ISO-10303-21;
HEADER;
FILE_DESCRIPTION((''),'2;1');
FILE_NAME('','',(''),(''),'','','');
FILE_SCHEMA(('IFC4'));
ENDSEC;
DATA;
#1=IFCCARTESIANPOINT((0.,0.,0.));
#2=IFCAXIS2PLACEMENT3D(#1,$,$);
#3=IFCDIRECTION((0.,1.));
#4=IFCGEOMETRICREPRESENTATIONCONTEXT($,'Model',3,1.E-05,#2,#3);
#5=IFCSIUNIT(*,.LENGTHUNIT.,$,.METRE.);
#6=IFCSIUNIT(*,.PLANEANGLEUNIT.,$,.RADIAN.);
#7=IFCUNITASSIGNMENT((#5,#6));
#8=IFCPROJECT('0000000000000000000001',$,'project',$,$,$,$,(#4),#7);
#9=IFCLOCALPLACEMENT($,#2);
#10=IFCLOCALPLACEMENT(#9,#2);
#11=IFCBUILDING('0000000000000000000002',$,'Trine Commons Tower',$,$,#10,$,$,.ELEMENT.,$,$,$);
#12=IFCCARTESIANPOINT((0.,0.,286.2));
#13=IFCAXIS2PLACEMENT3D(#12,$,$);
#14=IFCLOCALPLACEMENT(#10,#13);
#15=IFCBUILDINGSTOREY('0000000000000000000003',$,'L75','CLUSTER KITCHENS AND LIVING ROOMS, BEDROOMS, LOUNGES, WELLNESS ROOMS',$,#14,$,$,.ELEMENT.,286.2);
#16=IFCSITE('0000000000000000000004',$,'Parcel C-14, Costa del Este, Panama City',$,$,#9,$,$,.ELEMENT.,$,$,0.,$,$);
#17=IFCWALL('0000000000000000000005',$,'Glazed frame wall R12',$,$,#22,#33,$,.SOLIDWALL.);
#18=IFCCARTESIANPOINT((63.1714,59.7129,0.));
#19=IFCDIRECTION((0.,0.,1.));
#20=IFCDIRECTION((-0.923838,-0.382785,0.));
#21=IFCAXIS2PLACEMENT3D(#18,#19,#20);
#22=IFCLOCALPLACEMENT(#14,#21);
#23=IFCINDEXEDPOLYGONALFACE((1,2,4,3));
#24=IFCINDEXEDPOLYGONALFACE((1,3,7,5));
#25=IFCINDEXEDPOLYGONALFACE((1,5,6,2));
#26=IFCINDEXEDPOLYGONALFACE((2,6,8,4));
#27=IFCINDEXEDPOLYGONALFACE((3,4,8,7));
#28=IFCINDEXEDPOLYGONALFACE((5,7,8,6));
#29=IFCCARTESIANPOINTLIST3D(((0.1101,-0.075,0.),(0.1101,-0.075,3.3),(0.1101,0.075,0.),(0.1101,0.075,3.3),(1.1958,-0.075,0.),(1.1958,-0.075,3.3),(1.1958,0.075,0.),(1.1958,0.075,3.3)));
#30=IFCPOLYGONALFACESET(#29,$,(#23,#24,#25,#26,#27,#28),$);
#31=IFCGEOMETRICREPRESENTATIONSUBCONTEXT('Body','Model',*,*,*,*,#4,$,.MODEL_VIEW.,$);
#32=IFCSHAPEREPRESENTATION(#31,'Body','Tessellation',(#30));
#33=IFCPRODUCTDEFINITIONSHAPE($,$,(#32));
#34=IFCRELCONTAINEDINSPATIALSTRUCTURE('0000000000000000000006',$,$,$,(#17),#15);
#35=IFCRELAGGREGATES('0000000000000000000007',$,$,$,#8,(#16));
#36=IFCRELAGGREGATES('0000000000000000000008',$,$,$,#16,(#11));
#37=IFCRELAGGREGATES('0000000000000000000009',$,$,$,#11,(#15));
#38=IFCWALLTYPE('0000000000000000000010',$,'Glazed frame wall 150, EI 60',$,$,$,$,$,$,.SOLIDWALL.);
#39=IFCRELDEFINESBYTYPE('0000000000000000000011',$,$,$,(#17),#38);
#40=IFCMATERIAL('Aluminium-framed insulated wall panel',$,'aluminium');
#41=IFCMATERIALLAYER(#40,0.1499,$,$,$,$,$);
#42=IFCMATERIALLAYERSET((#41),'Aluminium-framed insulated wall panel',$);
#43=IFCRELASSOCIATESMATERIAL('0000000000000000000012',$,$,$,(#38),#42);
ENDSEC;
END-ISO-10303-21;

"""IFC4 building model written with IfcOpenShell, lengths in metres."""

from ifc_helpers import new_model, si_unit, direction, frame, origin, place, context, subcontext, project, spatial, polyline, outline, extrude, material, layer, layer_set, type_object, element, save


model = new_model("IFC4")

# Units and contexts
model_context = context("Model", 3, precision=1e-05, world=origin(), true_north=direction((0.0, 1.0)))
body_context = subcontext(model_context, "Body", "Model", "MODEL_VIEW")
ifc_project = project(units=[si_unit("LENGTHUNIT", "METRE"), si_unit("PLANEANGLEUNIT", "RADIAN")], contexts=[model_context])

# Site, building, storey
site_placement = place(None, origin())
site = spatial("IfcSite", under=ifc_project, at=site_placement, Name="Parcel C-14, Costa del Este, Panama City", CompositionType="ELEMENT", RefElevation=0.0)
building_placement = place(site_placement, origin())
building = spatial("IfcBuilding", under=site, at=building_placement, Name="Trine Commons Tower", CompositionType="ELEMENT")
storey_placement = place(building_placement, frame((0.0, 0.0, 286.2)))
storey = spatial("IfcBuildingStorey", under=building, at=storey_placement, Name="L75", Description="CLUSTER KITCHENS AND LIVING ROOMS, BEDROOMS, LOUNGES, WELLNESS ROOMS", CompositionType="ELEMENT", Elevation=286.2)

# Shared definitions
ifc_material_1 = material(Name="Aluminium-framed insulated wall panel", Category="aluminium")
ifc_layer_1 = layer(ifc_material_1, 0.1499)
ifc_layer_set_1 = layer_set([ifc_layer_1], Name="Aluminium-framed insulated wall panel")
wall_type_1 = type_object("IfcWallType", Name="Glazed frame wall 150, EI 60", PredefinedType="SOLIDWALL", material=ifc_layer_set_1)

# Wall
wall_1_placement = place(storey_placement, frame((63.1714, 59.7129, 0.0), z_axis=(0.0, 0.0, 1.0), x_axis=(-0.923838, -0.382785, 0.0)))
element("IfcWall", 1, at=wall_1_placement, inside=storey, type_object=wall_type_1, Name="Glazed frame wall R12", PredefinedType="SOLIDWALL", context=body_context, shape_type="SweptSolid", body=[
    extrude(outline(polyline([(0.1101, 0.075), (0.1101, -0.075), (1.1958, -0.075), (1.1958, 0.075), (0.1101, 0.075)])), origin(), (0.0, 0.0, 1.0), 3.3),
])

save(model, "model.ifc")
